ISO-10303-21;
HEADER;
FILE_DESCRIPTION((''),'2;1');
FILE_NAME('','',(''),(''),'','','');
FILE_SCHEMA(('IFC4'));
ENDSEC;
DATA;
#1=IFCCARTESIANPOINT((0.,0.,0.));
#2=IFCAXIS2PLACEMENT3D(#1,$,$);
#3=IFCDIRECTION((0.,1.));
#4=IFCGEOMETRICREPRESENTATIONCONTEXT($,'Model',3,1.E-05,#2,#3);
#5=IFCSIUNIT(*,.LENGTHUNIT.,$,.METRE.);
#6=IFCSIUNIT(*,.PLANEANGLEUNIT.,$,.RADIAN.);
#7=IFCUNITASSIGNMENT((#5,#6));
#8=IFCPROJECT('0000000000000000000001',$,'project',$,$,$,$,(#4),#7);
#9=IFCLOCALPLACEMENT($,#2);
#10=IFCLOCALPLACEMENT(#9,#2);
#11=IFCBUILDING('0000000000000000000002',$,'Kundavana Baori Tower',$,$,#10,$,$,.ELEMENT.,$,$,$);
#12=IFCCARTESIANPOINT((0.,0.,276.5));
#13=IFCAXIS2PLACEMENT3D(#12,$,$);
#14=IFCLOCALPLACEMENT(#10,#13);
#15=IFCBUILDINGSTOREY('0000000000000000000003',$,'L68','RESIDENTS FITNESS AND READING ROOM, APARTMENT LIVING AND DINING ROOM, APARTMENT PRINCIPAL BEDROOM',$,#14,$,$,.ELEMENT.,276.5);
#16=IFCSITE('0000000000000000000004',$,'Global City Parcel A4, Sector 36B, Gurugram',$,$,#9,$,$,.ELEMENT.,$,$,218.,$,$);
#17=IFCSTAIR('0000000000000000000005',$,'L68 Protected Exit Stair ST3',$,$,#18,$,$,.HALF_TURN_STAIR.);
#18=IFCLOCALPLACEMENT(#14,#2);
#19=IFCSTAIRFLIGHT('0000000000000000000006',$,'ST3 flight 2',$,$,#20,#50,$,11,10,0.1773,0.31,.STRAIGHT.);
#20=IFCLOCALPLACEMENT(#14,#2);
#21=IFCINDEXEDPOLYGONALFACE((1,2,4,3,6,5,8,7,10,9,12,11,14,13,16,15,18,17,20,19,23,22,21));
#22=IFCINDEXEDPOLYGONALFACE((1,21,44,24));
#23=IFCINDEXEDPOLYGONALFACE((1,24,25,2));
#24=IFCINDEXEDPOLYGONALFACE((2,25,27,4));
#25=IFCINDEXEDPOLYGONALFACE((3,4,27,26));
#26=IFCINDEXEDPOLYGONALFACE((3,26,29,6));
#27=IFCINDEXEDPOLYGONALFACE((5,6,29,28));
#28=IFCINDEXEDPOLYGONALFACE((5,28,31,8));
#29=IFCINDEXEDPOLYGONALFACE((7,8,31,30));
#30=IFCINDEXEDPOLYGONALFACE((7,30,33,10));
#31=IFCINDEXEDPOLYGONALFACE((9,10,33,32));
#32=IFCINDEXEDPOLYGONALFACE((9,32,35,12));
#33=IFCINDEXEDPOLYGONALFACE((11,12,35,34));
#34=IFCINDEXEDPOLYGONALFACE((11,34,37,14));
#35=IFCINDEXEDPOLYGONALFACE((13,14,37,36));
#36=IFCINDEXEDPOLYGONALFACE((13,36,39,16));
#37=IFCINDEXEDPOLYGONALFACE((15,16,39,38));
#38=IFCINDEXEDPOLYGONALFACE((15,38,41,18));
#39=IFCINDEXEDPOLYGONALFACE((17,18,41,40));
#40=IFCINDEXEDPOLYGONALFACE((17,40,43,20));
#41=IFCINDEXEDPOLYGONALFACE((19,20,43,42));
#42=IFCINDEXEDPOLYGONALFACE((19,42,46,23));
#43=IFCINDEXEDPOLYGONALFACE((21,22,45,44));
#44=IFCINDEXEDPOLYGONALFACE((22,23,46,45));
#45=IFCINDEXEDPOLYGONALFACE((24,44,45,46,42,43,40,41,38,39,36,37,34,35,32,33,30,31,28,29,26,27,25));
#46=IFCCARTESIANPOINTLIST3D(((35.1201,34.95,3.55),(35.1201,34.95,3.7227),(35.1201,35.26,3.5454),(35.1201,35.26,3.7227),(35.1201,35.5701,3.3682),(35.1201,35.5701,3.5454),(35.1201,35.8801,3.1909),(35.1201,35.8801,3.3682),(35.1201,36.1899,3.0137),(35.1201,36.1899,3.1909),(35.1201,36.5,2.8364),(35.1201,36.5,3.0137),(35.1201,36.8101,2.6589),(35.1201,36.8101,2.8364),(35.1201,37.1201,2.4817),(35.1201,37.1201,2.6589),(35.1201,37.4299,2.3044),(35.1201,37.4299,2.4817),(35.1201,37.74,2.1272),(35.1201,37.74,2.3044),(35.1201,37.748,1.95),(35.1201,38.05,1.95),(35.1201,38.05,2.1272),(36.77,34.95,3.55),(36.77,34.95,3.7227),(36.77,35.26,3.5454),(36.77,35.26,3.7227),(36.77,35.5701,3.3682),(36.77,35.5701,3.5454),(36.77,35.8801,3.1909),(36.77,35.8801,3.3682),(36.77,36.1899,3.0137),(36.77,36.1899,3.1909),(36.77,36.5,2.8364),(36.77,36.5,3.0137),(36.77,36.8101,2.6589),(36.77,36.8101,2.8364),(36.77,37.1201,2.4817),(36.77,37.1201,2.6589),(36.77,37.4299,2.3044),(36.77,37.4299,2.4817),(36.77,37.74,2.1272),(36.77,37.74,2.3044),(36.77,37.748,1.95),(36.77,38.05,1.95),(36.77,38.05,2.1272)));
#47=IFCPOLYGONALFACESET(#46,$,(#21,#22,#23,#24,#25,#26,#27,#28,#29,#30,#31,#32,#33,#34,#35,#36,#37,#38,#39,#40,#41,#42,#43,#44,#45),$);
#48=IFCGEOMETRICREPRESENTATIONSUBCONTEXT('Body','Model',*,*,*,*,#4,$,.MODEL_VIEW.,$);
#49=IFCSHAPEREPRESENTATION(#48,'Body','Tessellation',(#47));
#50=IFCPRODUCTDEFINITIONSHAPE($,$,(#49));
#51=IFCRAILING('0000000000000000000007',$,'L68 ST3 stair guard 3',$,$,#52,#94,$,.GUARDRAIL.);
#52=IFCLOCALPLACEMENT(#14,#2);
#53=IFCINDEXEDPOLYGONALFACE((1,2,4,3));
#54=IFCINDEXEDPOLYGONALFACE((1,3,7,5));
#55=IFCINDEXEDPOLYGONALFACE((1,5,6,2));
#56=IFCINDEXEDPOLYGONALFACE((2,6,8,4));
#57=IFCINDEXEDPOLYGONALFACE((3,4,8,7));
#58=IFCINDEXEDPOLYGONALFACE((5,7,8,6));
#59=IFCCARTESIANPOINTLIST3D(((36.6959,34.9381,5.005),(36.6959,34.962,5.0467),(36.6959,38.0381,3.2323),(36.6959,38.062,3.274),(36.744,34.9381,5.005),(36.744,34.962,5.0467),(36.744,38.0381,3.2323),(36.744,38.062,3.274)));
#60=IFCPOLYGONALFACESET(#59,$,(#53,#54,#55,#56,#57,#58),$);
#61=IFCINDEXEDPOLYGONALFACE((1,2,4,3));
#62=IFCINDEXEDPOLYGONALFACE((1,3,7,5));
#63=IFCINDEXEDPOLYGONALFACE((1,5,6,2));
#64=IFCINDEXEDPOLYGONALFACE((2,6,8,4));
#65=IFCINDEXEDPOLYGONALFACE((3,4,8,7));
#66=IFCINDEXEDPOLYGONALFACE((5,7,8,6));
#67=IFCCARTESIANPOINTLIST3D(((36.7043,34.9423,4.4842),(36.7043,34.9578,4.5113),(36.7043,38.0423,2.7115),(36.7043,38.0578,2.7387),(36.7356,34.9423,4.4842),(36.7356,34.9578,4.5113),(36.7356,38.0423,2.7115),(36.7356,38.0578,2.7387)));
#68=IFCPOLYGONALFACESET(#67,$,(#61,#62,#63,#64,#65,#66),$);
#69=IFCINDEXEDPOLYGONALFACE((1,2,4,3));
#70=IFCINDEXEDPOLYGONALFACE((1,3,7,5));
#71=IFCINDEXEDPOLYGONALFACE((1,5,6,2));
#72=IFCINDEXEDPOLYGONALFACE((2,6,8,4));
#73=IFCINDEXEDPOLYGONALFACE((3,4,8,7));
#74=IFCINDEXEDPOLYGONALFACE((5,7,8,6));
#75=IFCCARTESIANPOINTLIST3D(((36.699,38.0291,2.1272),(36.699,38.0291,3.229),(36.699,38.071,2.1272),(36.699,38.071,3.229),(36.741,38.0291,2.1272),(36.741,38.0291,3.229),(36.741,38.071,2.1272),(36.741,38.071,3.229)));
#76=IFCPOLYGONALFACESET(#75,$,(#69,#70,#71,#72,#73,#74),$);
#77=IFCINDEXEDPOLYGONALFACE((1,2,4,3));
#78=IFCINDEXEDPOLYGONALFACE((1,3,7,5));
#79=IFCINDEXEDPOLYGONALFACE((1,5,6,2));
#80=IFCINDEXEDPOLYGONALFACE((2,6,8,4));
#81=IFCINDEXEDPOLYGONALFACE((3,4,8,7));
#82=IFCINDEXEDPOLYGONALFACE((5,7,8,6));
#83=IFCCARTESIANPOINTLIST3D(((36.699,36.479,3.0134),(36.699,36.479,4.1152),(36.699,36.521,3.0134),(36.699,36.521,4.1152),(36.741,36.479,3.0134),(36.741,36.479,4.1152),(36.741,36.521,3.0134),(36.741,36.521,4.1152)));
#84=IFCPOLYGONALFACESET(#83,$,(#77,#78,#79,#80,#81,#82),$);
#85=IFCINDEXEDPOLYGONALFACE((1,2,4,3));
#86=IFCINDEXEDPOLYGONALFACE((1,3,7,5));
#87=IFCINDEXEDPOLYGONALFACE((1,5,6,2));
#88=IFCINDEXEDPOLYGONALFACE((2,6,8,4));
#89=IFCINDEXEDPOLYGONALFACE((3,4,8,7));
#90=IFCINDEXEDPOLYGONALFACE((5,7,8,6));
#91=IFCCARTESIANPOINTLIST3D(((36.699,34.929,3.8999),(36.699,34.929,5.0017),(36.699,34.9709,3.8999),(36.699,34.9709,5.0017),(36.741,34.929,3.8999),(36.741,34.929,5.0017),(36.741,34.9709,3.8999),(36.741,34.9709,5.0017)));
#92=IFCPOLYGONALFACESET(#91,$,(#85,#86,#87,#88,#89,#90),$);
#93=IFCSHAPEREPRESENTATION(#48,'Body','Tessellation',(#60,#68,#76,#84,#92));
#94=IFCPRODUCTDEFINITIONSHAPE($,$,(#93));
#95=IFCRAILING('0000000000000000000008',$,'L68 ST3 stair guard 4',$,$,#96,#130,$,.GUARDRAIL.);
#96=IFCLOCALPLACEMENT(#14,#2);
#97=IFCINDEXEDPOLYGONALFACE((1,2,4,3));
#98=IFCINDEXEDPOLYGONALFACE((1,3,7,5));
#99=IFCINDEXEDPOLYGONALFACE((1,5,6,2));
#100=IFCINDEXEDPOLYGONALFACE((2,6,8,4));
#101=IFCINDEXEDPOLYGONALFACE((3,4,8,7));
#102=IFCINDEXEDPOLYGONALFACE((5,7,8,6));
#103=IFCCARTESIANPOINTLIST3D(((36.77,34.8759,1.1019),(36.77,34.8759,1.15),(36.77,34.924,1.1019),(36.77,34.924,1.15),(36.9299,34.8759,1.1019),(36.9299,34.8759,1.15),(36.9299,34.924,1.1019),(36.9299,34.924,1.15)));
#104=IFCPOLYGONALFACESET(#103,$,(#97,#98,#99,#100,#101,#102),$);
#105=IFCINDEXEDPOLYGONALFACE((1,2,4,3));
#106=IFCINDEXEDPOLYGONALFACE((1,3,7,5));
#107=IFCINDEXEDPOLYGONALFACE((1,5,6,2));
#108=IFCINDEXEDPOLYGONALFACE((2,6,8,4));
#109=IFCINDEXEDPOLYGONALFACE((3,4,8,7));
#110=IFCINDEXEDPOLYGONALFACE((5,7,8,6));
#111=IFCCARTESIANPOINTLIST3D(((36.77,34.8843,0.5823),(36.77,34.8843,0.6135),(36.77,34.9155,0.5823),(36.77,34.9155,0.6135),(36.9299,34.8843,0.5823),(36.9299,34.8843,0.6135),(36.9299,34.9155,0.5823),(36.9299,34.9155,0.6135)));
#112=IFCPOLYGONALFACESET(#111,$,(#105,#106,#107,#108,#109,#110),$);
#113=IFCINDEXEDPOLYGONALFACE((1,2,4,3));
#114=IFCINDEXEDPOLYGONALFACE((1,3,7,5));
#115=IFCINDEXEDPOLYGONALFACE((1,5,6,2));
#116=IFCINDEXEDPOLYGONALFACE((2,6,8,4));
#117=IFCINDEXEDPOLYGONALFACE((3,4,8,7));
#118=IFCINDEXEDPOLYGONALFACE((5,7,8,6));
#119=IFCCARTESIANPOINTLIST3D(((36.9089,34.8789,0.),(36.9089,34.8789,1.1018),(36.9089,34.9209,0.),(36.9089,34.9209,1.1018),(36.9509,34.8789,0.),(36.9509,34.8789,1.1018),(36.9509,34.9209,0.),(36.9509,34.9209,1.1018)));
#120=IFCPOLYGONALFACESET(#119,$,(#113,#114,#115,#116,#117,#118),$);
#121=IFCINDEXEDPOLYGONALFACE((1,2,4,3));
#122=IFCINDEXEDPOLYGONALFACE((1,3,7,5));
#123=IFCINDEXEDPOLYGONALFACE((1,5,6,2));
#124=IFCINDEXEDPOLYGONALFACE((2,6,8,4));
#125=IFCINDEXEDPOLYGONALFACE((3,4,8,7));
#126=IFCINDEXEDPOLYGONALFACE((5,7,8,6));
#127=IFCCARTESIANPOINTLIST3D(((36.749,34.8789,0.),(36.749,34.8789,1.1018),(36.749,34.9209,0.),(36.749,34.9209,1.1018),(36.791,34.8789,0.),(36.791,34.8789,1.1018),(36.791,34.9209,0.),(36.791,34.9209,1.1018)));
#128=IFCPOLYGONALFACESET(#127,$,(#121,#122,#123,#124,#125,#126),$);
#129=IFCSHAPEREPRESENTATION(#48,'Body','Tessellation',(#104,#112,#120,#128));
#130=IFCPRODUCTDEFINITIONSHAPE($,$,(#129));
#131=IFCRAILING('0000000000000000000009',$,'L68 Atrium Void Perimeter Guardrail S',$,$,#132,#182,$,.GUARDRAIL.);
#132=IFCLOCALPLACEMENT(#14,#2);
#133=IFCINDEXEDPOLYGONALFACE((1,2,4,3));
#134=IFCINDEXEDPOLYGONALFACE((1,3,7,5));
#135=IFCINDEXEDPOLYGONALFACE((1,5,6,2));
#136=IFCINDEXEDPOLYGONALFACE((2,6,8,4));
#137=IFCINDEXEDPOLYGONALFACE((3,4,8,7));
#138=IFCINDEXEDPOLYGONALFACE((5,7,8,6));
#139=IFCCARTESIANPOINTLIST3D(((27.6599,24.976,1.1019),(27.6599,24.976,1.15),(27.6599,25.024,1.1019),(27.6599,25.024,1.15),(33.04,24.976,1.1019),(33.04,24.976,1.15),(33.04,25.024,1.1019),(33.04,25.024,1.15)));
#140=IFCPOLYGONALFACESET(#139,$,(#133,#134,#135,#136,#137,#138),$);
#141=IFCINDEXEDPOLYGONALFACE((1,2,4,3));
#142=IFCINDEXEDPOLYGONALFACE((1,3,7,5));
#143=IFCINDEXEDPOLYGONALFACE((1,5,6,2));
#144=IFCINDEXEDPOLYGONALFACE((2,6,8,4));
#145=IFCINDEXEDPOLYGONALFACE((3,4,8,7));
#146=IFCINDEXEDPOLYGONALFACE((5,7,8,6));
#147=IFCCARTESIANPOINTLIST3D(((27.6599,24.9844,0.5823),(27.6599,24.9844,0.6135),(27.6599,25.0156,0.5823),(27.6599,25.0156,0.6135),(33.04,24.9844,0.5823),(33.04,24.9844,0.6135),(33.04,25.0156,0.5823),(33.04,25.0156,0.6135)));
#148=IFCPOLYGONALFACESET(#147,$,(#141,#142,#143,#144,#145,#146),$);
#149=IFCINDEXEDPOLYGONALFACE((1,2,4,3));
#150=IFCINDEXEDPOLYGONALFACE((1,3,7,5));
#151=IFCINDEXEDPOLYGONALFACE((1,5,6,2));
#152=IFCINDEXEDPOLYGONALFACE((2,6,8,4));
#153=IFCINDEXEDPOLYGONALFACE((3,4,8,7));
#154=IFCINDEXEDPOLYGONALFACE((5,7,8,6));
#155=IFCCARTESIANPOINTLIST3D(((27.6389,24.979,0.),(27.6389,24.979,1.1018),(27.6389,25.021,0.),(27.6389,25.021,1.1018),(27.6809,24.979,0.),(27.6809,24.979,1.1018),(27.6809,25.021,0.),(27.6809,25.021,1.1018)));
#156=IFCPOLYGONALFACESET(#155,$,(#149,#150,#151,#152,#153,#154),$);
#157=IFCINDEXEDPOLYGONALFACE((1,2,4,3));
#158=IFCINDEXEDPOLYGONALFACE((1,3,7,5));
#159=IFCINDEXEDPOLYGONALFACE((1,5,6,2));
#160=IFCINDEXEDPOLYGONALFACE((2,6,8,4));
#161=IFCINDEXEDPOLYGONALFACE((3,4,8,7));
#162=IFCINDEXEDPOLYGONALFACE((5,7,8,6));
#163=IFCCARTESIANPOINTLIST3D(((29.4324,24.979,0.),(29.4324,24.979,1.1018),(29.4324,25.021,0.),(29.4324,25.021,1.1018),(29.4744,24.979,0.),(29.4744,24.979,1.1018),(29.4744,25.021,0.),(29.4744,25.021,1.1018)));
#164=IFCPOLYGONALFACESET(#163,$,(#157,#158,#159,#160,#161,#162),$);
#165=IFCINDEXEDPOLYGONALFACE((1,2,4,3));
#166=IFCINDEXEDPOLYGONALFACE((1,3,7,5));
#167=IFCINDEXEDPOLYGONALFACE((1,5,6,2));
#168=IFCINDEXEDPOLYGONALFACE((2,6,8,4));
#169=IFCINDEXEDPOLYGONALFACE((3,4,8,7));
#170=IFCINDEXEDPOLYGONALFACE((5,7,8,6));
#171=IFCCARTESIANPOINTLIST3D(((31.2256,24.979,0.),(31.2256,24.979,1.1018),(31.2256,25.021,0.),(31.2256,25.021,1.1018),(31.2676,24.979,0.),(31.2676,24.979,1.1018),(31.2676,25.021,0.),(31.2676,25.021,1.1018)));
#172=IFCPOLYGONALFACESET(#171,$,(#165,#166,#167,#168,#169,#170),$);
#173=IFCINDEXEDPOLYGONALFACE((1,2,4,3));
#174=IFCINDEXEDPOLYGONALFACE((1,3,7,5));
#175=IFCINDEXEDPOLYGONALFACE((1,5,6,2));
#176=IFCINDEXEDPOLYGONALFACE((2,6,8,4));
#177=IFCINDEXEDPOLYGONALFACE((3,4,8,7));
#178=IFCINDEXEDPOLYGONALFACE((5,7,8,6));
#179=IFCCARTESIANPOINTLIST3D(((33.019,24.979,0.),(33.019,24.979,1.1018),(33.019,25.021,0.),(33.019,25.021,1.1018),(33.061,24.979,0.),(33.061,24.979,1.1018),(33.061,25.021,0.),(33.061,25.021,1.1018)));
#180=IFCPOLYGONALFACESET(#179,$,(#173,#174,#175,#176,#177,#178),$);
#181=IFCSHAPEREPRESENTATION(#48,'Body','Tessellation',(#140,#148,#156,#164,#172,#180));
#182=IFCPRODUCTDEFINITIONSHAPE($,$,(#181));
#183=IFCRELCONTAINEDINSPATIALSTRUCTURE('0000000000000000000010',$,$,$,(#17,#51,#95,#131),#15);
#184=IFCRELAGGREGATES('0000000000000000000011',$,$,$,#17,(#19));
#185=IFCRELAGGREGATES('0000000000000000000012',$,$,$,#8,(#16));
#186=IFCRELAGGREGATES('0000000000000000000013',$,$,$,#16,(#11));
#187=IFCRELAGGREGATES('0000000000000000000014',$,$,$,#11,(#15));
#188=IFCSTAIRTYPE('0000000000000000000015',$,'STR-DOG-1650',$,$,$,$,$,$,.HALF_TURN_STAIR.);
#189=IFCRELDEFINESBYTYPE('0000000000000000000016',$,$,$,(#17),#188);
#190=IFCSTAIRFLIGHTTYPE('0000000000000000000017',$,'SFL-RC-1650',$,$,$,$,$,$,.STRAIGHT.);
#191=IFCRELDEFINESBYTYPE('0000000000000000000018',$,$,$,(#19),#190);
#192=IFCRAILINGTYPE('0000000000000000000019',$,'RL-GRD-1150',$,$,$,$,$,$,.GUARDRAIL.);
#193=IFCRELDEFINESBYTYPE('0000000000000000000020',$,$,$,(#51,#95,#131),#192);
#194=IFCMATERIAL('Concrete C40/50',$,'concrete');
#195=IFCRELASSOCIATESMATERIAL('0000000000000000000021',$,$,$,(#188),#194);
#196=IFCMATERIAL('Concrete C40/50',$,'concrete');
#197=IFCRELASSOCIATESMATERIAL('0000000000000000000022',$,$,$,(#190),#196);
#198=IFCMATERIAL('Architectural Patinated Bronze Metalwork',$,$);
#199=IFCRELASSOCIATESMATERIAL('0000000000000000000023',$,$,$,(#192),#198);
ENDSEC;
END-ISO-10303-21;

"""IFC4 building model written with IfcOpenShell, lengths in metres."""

from ifc_helpers import new_model, si_unit, direction, frame, origin, origin_2d, place, context, subcontext, project, spatial, polyline, rectangle, outline, extrude, material, type_object, element, aggregate, save


model = new_model("IFC4")

# Units and contexts
model_context = context("Model", 3, precision=1e-05, world=origin(), true_north=direction((0.0, 1.0)))
body_context = subcontext(model_context, "Body", "Model", "MODEL_VIEW")
ifc_project = project(units=[si_unit("LENGTHUNIT", "METRE"), si_unit("PLANEANGLEUNIT", "RADIAN")], contexts=[model_context])

# Site, building, storey
site_placement = place(None, origin())
site = spatial("IfcSite", under=ifc_project, at=site_placement, Name="Global City Parcel A4, Sector 36B, Gurugram", CompositionType="ELEMENT", RefElevation=218.0)
building_placement = place(site_placement, origin())
building = spatial("IfcBuilding", under=site, at=building_placement, Name="Kundavana Baori Tower", CompositionType="ELEMENT")
storey_placement = place(building_placement, frame((0.0, 0.0, 276.5)))
storey = spatial("IfcBuildingStorey", under=building, at=storey_placement, Name="L68", Description="RESIDENTS FITNESS AND READING ROOM, APARTMENT LIVING AND DINING ROOM, APARTMENT PRINCIPAL BEDROOM", CompositionType="ELEMENT", Elevation=276.5)

# Stair, stair flight
ifc_material_1 = material(Name="Concrete C40/50", Category="concrete")
stair_type = type_object("IfcStairType", Name="STR-DOG-1650", PredefinedType="HALF_TURN_STAIR", material=ifc_material_1)
stair_placement = place(storey_placement, origin())
stair = element("IfcStair", 1, at=stair_placement, inside=storey, type_object=stair_type, Name="L68 Protected Exit Stair ST3", PredefinedType="HALF_TURN_STAIR")
ifc_material_2 = material(Name="Concrete C40/50", Category="concrete")
stair_flight_type = type_object("IfcStairFlightType", Name="SFL-RC-1650", PredefinedType="STRAIGHT", material=ifc_material_2)
stair_flight_placement = place(storey_placement, frame((35.9451, 38.05, 1.95), z_axis=(0.0, 0.0, 1.0), x_axis=(0.0, -1.0, 0.0)))
stair_flight = element("IfcStairFlight", 2, at=stair_flight_placement, type_object=stair_flight_type, Name="ST3 flight 2", NumberOfRisers=11, NumberOfTreads=10, PredefinedType="STRAIGHT", RiserHeight=0.1773, TreadLength=0.31, context=body_context, shape_type="SweptSolid", body=[
    extrude(outline(polyline([(0.0, 0.0), (0.0, 0.1772), (0.3101, 0.1772), (0.3101, 0.3545), (0.6201, 0.3545), (0.6201, 0.5317), (0.9299, 0.5317), (0.9299, 0.709), (1.24, 0.709), (1.24, 0.8865), (1.55, 0.8865), (1.55, 1.0637), (1.8601, 1.0637), (1.8601, 1.241), (2.1699, 1.241), (2.1699, 1.4182), (2.48, 1.4182), (2.48, 1.5955), (2.79, 1.5955), (2.79, 1.7727), (3.1001, 1.7727), (3.1001, 1.95), (3.1001, 1.6001), (0.302, 0.0), (0.0, 0.0)])), frame((0.0, 0.825, 0.0), z_axis=(0.0, -1.0, 0.0), x_axis=(1.0, 0.0, 0.0)), (0.0, 0.0, 1.0), 1.6499),
])
aggregate(stair, [stair_flight])

# Railings
ifc_material_3 = material(Name="Architectural Patinated Bronze Metalwork")
railing_type_1 = type_object("IfcRailingType", Name="RL-GRD-1150", PredefinedType="GUARDRAIL", material=ifc_material_3)
railing_1_placement = place(storey_placement, frame((36.72, 38.05, 2.1272)))
element("IfcRailing", 3, at=railing_1_placement, inside=storey, type_object=railing_type_1, Name="L68 ST3 stair guard 3", PredefinedType="GUARDRAIL", context=body_context, shape_type="SweptSolid", body=[
    extrude(rectangle(XDim=0.0481, YDim=0.0481, at=origin_2d()), frame((0.0, 0.0, 1.126), z_axis=(0.0, -0.868096, 0.496397), x_axis=(1.0, 0.0, 0.0)), (0.0, 0.0, 1.0), 3.571),
    extrude(rectangle(XDim=0.0312, YDim=0.0312, at=origin_2d()), frame((0.0, 0.0, 0.5979), z_axis=(0.0, -0.868096, 0.496397), x_axis=(1.0, 0.0, 0.0)), (0.0, 0.0, 1.0), 3.571),
    extrude(rectangle(XDim=0.042, YDim=0.042, at=origin_2d()), origin(), (0.0, 0.0, 1.0), 1.1018),
    extrude(rectangle(XDim=0.042, YDim=0.042, at=origin_2d()), frame((0.0, -1.55, 0.8862)), (0.0, 0.0, 1.0), 1.1018),
    extrude(rectangle(XDim=0.042, YDim=0.042, at=origin_2d()), frame((0.0, -3.1001, 1.7727)), (0.0, 0.0, 1.0), 1.1018),
])
railing_2_placement = place(storey_placement, frame((36.9299, 34.8999, 0.0)))
element("IfcRailing", 4, at=railing_2_placement, inside=storey, type_object=railing_type_1, Name="L68 ST3 stair guard 4", PredefinedType="GUARDRAIL", context=body_context, shape_type="SweptSolid", body=[
    extrude(rectangle(XDim=0.0481, YDim=0.0481, at=origin_2d()), frame((0.0, 0.0, 1.126), z_axis=(-1.0, 0.0, 0.0), x_axis=(0.0, -1.0, 0.0)), (0.0, 0.0, 1.0), 0.1599),
    extrude(rectangle(XDim=0.0312, YDim=0.0312, at=origin_2d()), frame((0.0, 0.0, 0.5979), z_axis=(-1.0, 0.0, 0.0), x_axis=(0.0, -1.0, 0.0)), (0.0, 0.0, 1.0), 0.1599),
    extrude(rectangle(XDim=0.042, YDim=0.042, at=origin_2d()), origin(), (0.0, 0.0, 1.0), 1.1018),
    extrude(rectangle(XDim=0.042, YDim=0.042, at=origin_2d()), frame((-0.1599, 0.0, 0.0)), (0.0, 0.0, 1.0), 1.1018),
])
railing_3_placement = place(storey_placement, frame((27.6599, 25.0, 0.0)))
element("IfcRailing", 5, at=railing_3_placement, inside=storey, type_object=railing_type_1, Name="L68 Atrium Void Perimeter Guardrail S", PredefinedType="GUARDRAIL", context=body_context, shape_type="SweptSolid", body=[
    extrude(rectangle(XDim=0.0481, YDim=0.0481, at=origin_2d()), frame((0.0, 0.0, 1.126), z_axis=(1.0, 0.0, 0.0), x_axis=(0.0, 1.0, 0.0)), (0.0, 0.0, 1.0), 5.3801),
    extrude(rectangle(XDim=0.0312, YDim=0.0312, at=origin_2d()), frame((0.0, 0.0, 0.5979), z_axis=(1.0, 0.0, 0.0), x_axis=(0.0, 1.0, 0.0)), (0.0, 0.0, 1.0), 5.3801),
    extrude(rectangle(XDim=0.042, YDim=0.042, at=origin_2d()), origin(), (0.0, 0.0, 1.0), 1.1018),
    extrude(rectangle(XDim=0.042, YDim=0.042, at=origin_2d()), frame((1.7935, 0.0, 0.0)), (0.0, 0.0, 1.0), 1.1018),
    extrude(rectangle(XDim=0.042, YDim=0.042, at=origin_2d()), frame((3.5867, 0.0, 0.0)), (0.0, 0.0, 1.0), 1.1018),
    extrude(rectangle(XDim=0.042, YDim=0.042, at=origin_2d()), frame((5.3801, 0.0, 0.0)), (0.0, 0.0, 1.0), 1.1018),
])

save(model, "model.ifc")
